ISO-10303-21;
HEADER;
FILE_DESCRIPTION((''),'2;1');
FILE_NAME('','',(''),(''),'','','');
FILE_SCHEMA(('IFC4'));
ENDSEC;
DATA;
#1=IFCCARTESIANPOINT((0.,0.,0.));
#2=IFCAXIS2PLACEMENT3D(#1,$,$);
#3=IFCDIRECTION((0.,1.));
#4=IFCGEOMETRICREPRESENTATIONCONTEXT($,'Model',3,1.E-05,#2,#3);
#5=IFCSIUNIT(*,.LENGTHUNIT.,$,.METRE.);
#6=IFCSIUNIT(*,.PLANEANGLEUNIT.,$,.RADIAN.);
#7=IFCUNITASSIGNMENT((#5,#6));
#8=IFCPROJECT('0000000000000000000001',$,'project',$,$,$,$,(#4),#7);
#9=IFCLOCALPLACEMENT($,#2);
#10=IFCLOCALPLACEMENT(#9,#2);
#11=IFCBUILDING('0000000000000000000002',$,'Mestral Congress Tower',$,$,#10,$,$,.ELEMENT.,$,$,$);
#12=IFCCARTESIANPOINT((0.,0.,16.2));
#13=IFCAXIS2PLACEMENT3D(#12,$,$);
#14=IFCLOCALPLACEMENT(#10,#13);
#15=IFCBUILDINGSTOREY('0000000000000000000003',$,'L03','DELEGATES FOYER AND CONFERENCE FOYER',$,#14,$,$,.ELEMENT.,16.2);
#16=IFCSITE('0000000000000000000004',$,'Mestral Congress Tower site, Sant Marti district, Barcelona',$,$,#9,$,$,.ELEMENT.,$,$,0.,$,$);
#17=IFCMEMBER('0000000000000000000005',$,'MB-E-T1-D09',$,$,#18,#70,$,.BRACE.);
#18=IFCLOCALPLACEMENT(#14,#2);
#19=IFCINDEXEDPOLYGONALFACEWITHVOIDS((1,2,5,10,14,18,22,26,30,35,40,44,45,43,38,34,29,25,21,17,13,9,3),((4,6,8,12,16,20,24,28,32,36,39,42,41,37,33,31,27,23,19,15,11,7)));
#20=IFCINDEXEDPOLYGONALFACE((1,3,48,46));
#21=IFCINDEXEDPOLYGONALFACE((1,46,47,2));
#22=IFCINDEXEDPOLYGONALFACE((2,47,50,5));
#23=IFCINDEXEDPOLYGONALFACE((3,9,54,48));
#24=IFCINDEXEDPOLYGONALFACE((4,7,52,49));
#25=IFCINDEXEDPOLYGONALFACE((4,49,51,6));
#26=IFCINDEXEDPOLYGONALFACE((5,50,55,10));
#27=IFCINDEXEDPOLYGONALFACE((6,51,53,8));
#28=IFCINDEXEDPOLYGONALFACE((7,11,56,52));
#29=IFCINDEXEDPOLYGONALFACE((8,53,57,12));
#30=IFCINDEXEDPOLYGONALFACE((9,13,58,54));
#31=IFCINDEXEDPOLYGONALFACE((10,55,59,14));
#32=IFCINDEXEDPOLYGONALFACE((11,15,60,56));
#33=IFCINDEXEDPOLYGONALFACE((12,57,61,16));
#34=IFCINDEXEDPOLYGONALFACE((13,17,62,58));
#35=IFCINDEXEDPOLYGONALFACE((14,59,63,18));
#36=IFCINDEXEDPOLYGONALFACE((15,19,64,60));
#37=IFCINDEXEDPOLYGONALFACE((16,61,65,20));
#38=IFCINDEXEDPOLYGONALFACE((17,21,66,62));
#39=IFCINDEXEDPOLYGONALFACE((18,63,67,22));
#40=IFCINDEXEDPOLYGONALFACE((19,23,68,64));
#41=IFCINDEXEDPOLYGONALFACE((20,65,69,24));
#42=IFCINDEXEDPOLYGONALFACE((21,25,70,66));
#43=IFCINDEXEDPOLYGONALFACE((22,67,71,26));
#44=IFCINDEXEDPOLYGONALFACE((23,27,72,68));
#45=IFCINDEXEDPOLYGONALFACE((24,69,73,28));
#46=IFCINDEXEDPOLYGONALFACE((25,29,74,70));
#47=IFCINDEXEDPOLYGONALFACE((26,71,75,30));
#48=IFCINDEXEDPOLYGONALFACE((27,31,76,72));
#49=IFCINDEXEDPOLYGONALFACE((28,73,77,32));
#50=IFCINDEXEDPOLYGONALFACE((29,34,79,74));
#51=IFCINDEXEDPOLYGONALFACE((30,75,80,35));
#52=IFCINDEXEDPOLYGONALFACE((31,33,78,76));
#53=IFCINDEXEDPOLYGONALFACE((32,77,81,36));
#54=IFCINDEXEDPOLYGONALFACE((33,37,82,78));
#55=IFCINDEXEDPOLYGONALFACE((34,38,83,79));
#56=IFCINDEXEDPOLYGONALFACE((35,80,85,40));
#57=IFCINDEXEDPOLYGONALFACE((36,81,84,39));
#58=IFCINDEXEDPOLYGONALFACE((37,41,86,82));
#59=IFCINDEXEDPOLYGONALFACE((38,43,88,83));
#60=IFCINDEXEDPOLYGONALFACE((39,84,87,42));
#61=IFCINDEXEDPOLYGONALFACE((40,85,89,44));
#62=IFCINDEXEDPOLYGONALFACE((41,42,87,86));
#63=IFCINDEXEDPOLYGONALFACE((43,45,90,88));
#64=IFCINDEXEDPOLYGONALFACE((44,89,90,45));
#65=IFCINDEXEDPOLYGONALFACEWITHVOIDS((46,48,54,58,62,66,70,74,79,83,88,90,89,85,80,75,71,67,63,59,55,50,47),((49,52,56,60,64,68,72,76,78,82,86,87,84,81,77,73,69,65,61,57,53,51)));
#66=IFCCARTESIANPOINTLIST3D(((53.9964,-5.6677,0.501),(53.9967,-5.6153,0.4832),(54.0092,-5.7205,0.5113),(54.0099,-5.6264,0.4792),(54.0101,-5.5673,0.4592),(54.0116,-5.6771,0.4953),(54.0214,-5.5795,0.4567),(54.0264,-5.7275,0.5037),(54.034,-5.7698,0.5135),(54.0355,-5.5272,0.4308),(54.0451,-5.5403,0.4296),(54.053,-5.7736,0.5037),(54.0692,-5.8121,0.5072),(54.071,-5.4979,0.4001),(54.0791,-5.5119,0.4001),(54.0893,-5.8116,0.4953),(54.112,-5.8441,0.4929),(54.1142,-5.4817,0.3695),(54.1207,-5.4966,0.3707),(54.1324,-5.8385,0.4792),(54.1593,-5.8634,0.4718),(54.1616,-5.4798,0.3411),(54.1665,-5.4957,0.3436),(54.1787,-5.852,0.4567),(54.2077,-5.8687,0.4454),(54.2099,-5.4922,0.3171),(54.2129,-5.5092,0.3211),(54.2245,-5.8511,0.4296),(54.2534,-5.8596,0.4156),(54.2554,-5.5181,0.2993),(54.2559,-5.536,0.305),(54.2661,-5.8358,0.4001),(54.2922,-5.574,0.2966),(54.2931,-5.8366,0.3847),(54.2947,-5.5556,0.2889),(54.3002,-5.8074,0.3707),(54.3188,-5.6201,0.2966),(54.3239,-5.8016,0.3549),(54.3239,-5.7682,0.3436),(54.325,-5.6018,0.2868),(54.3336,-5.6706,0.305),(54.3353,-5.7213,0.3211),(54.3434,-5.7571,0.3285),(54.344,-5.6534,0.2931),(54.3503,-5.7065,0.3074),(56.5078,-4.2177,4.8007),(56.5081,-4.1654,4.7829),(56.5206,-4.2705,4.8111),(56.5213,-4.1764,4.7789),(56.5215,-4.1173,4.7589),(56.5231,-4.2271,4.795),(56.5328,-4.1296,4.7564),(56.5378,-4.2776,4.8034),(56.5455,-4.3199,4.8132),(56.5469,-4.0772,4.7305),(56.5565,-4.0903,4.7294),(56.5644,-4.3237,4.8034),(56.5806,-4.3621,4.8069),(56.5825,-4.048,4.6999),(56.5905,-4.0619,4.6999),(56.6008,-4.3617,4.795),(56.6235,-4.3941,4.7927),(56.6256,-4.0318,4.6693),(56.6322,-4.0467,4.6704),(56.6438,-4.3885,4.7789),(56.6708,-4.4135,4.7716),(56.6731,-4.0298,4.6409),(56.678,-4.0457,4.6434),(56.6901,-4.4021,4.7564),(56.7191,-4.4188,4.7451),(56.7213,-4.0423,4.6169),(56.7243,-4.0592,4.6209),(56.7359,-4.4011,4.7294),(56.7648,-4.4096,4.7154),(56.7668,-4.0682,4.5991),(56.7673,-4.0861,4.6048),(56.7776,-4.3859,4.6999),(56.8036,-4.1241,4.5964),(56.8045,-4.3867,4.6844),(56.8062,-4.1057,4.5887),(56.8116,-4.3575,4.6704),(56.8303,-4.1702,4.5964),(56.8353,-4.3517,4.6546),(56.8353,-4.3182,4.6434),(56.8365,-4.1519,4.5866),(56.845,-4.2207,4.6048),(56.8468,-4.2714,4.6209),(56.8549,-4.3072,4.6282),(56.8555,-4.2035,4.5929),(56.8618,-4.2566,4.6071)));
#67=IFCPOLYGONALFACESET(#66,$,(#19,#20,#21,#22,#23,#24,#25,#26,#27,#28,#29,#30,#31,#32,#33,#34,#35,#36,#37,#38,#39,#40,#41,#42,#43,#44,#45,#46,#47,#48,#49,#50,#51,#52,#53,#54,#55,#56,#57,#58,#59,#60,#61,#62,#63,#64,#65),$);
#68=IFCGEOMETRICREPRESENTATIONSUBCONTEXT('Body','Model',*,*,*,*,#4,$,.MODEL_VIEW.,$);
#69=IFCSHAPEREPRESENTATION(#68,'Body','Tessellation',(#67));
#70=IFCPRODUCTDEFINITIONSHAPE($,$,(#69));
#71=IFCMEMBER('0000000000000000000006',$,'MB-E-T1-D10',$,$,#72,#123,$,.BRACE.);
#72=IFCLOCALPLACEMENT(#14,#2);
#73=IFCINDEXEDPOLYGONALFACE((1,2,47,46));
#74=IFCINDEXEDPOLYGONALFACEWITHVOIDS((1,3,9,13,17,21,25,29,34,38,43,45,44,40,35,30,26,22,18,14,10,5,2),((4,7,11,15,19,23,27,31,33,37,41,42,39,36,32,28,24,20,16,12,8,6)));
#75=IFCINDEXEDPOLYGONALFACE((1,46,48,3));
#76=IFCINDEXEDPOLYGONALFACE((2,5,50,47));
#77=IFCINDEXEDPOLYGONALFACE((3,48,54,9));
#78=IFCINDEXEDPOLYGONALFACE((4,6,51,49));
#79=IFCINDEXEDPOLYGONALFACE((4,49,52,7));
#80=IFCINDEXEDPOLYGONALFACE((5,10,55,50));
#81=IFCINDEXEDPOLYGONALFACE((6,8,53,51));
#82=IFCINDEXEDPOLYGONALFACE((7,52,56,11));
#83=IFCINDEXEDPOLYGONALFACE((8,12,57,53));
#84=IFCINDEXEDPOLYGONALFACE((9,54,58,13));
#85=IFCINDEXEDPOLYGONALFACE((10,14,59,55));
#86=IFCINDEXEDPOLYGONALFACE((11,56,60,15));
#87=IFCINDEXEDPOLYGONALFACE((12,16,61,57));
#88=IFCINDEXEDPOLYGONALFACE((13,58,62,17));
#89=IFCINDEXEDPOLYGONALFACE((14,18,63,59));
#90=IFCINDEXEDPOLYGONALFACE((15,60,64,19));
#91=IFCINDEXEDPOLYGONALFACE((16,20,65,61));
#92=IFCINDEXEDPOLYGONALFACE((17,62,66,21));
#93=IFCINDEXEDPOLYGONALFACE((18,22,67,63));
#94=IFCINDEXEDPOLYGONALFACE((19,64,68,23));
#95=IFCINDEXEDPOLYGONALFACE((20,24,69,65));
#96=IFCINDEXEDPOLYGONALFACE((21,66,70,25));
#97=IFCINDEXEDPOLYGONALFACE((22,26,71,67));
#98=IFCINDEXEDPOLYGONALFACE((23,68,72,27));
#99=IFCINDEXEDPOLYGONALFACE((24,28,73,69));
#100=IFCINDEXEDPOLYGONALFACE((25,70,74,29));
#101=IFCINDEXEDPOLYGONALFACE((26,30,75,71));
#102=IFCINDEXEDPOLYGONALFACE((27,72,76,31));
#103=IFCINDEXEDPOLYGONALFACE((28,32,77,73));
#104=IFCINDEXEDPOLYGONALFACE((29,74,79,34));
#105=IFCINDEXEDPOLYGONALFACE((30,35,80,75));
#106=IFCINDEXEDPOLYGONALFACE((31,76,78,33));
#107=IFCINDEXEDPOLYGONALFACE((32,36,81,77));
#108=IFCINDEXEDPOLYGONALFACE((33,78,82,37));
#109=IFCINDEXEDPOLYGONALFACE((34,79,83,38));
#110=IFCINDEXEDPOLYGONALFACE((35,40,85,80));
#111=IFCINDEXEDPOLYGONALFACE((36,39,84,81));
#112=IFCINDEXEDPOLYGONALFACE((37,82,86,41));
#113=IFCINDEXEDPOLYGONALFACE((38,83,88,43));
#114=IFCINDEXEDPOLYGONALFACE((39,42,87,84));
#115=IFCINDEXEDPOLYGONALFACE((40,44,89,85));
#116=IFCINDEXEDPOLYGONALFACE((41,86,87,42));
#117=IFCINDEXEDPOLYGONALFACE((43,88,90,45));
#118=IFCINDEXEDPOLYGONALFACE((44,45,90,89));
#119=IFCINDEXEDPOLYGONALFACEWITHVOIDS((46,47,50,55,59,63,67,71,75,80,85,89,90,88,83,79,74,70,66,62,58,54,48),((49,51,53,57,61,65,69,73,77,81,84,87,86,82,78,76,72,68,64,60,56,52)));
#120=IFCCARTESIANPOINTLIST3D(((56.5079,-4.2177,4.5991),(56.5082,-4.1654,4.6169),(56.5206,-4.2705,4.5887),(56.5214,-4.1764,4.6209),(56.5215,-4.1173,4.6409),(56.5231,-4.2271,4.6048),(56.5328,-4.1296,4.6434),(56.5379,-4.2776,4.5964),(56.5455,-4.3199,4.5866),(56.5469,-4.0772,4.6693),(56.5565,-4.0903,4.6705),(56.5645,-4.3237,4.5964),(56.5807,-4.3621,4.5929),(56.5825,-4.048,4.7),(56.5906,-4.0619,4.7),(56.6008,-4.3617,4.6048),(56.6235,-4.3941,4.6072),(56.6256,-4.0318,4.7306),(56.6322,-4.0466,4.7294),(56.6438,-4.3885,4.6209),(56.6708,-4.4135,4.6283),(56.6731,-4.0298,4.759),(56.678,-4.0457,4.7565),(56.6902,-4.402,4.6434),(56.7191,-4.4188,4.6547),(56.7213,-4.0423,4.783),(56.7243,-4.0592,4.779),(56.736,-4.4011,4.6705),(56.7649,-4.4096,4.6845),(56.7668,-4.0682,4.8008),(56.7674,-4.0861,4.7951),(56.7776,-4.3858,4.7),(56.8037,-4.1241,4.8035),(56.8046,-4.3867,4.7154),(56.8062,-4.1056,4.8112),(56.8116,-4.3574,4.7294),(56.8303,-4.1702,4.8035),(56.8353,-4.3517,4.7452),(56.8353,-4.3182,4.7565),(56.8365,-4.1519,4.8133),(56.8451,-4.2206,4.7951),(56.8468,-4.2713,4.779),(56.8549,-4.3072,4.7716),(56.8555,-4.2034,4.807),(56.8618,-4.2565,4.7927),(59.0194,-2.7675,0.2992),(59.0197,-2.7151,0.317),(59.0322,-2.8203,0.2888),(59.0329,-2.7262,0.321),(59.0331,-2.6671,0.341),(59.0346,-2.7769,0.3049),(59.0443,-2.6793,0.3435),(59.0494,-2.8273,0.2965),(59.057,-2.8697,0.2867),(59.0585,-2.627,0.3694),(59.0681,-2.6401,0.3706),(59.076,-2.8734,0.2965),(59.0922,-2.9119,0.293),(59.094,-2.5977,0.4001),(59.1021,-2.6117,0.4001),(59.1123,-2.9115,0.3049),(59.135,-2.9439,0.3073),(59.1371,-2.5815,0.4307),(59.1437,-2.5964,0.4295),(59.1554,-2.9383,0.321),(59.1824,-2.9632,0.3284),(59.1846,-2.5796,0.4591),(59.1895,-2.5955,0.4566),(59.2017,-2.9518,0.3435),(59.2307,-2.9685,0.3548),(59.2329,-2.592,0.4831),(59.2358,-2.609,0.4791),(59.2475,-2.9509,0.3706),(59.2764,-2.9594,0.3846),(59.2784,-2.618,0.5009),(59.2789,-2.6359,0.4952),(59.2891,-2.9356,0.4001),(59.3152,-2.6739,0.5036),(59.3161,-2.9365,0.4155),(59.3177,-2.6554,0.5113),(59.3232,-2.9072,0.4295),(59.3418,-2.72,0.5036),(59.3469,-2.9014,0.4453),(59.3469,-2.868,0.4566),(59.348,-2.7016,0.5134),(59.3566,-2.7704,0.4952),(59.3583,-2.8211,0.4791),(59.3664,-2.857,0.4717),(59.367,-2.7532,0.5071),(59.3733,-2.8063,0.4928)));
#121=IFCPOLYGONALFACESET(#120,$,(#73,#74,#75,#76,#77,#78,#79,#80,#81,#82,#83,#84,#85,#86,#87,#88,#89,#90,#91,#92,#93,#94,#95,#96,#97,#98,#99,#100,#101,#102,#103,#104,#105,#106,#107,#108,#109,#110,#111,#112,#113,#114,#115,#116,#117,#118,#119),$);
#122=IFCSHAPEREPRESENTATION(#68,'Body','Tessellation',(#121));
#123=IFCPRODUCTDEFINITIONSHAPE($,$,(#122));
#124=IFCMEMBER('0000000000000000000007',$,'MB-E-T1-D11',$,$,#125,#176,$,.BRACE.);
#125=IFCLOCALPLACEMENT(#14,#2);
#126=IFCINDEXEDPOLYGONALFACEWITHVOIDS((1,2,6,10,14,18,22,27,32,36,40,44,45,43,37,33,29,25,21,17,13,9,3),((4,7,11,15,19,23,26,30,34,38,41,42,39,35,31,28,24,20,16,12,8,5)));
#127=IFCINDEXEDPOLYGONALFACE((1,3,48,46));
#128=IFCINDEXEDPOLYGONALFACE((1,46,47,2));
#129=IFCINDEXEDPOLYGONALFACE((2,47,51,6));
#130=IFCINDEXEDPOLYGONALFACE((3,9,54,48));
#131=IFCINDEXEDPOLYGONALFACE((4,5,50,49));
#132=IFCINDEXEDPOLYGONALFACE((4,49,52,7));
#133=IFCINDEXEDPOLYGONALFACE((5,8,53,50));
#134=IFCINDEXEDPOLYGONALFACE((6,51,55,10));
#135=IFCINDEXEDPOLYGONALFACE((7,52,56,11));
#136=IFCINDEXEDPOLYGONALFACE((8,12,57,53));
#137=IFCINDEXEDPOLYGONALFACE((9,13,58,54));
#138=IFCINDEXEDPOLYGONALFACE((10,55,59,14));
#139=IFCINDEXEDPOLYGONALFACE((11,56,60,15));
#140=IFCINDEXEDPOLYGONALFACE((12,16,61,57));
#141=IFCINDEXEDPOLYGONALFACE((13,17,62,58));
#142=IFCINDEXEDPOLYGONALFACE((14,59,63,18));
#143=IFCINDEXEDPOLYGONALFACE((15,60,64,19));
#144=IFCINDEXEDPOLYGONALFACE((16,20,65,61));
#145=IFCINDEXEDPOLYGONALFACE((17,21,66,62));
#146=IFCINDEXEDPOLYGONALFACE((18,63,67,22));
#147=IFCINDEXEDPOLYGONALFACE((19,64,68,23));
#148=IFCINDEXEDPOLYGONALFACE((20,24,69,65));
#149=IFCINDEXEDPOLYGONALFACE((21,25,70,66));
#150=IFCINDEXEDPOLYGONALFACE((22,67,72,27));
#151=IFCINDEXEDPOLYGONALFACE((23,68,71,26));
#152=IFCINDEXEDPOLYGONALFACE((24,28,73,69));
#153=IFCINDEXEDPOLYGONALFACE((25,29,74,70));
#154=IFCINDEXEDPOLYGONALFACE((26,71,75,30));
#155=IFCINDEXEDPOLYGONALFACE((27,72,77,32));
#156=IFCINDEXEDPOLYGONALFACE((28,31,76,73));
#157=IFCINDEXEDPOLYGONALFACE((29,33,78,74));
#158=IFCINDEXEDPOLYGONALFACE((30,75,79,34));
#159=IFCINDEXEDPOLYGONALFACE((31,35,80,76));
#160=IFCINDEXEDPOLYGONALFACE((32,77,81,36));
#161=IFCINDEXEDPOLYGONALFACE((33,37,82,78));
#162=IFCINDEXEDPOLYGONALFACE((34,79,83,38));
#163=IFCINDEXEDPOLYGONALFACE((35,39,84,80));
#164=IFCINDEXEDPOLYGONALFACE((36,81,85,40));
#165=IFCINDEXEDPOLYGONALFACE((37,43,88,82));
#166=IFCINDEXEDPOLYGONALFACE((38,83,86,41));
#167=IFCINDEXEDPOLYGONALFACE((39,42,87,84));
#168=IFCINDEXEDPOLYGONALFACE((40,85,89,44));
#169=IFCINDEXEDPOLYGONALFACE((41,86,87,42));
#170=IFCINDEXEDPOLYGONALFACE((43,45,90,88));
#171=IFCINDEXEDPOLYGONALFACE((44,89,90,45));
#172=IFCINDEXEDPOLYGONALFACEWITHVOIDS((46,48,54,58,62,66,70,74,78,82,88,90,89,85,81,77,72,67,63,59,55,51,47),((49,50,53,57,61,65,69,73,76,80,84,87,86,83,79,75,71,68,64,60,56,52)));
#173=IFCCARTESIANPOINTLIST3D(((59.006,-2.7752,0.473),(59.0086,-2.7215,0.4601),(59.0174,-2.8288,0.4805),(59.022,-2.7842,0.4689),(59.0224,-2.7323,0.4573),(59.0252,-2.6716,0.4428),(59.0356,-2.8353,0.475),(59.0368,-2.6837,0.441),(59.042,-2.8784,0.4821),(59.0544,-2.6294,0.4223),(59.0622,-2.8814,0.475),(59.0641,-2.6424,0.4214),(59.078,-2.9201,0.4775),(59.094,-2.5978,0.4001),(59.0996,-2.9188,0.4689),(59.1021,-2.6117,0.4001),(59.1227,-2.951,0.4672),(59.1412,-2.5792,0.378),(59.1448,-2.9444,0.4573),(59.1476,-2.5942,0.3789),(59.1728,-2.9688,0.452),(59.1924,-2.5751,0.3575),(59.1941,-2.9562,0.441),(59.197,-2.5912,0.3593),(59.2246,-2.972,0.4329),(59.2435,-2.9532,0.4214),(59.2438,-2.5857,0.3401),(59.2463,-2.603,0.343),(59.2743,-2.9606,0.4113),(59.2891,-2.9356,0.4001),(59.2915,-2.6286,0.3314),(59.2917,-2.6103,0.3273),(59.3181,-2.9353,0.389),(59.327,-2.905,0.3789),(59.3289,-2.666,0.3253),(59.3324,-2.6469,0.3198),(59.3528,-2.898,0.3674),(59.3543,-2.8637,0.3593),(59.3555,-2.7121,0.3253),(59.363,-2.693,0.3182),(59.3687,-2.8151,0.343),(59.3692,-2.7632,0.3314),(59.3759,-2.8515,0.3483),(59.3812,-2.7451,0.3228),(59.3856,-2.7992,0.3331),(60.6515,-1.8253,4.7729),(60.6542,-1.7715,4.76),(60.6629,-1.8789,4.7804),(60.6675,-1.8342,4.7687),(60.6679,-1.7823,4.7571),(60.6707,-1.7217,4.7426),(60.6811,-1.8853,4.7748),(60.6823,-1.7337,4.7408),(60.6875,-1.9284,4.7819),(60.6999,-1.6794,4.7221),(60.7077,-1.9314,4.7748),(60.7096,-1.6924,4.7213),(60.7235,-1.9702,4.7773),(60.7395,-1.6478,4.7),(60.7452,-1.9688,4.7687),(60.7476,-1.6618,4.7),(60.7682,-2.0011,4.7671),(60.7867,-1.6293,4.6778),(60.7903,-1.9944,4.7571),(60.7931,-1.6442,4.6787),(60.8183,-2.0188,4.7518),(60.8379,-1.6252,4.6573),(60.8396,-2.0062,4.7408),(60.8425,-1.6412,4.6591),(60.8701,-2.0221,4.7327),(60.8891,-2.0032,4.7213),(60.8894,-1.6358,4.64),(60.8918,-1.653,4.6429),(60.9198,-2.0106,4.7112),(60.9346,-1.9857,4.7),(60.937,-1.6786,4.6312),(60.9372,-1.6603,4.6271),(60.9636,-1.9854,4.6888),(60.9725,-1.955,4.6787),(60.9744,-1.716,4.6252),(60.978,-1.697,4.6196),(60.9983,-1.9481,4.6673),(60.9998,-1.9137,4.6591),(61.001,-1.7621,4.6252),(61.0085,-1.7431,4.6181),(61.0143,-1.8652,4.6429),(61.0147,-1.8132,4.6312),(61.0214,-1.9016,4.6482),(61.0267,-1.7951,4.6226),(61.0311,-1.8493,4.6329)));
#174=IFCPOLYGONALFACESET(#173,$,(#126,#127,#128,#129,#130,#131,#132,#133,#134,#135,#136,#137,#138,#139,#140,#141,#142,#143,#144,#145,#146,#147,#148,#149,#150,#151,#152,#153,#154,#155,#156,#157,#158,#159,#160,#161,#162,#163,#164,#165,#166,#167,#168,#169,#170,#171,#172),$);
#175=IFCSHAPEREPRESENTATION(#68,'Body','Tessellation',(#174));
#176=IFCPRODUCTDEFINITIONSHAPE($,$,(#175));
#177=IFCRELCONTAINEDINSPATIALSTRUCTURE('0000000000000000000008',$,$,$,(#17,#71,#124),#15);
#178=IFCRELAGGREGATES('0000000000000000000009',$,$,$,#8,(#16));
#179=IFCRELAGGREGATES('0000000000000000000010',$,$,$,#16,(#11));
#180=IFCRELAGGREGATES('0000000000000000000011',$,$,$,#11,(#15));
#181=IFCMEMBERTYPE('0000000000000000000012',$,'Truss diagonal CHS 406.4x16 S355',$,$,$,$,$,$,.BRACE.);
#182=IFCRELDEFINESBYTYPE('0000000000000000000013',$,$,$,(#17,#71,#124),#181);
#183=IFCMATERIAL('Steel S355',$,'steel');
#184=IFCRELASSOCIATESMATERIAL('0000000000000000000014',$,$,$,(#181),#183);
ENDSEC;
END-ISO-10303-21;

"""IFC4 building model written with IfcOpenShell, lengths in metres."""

from ifc_helpers import new_model, si_unit, direction, frame, origin, origin_2d, place, context, subcontext, project, spatial, hollow_circle, extrude, material, material_profile, profile_set, type_object, element, save


model = new_model("IFC4")

# Units and contexts
model_context = context("Model", 3, precision=1e-05, world=origin(), true_north=direction((0.0, 1.0)))
body_context = subcontext(model_context, "Body", "Model", "MODEL_VIEW")
ifc_project = project(units=[si_unit("LENGTHUNIT", "METRE"), si_unit("PLANEANGLEUNIT", "RADIAN")], contexts=[model_context])

# Site, building, storey
site_placement = place(None, origin())
site = spatial("IfcSite", under=ifc_project, at=site_placement, Name="Mestral Congress Tower site, Sant Marti district, Barcelona", CompositionType="ELEMENT", RefElevation=0.0)
building_placement = place(site_placement, origin())
building = spatial("IfcBuilding", under=site, at=building_placement, Name="Mestral Congress Tower", CompositionType="ELEMENT")
storey_placement = place(building_placement, frame((0.0, 0.0, 16.2)))
storey = spatial("IfcBuildingStorey", under=building, at=storey_placement, Name="L03", Description="DELEGATES FOYER AND CONFERENCE FOYER", CompositionType="ELEMENT", Elevation=16.2)

# Members
ifc_material_1 = material(Name="Steel S355", Category="steel")
ifc_material_profile_1 = material_profile(ifc_material_1, hollow_circle(Radius=0.2031, WallThickness=0.0161, at=origin_2d()), Name="CHS 406.4x16")
ifc_profile_set_1 = profile_set([ifc_material_profile_1], Name="Steel S355")
member_type_1 = type_object("IfcMemberType", Name="Truss diagonal CHS 406.4x16 S355", PredefinedType="BRACE", material=ifc_profile_set_1)
member_1_placement = place(storey_placement, frame((54.1726, -5.6738, 0.4001), z_axis=(0.484247, 0.279571, 0.829062), x_axis=(-0.499987, 0.866033, 0.0)))
element("IfcMember", 1, at=member_1_placement, inside=storey, type_object=member_type_1, Name="MB-E-T1-D09", PredefinedType="BRACE", context=body_context, shape_type="SweptSolid", body=[
    extrude(hollow_circle(Radius=0.2031, WallThickness=0.0161, at=origin_2d()), origin(), (0.0, 0.0, 1.0), 5.1863),
])
member_2_placement = place(storey_placement, frame((56.6841, -4.2239, 4.7), z_axis=(0.484241, 0.279614, -0.829052), x_axis=(-0.50005, 0.865996, 0.0)))
element("IfcMember", 2, at=member_2_placement, inside=storey, type_object=member_type_1, Name="MB-E-T1-D10", PredefinedType="BRACE", context=body_context, shape_type="SweptSolid", body=[
    extrude(hollow_circle(Radius=0.2031, WallThickness=0.0161, at=origin_2d()), origin(), (0.0, 0.0, 1.0), 5.1865),
])
for number, where, z_axis, x_axis, name in (
    (3, (59.1956, -2.7737, 0.4001), (0.350041, 0.202079, 0.914678), (-0.499967, 0.866044, 0.0), "MB-E-T1-D11"),
):
    element("IfcMember", number, at=place(storey_placement, frame(where, z_axis=z_axis, x_axis=x_axis)), inside=storey, type_object=member_type_1, Name=name, PredefinedType="BRACE", context=body_context, shape_type="SweptSolid", body=[
        extrude(hollow_circle(Radius=0.2031, WallThickness=0.0161, at=origin_2d()), origin(), (0.0, 0.0, 1.0), 4.7009),
    ])

save(model, "model.ifc")
